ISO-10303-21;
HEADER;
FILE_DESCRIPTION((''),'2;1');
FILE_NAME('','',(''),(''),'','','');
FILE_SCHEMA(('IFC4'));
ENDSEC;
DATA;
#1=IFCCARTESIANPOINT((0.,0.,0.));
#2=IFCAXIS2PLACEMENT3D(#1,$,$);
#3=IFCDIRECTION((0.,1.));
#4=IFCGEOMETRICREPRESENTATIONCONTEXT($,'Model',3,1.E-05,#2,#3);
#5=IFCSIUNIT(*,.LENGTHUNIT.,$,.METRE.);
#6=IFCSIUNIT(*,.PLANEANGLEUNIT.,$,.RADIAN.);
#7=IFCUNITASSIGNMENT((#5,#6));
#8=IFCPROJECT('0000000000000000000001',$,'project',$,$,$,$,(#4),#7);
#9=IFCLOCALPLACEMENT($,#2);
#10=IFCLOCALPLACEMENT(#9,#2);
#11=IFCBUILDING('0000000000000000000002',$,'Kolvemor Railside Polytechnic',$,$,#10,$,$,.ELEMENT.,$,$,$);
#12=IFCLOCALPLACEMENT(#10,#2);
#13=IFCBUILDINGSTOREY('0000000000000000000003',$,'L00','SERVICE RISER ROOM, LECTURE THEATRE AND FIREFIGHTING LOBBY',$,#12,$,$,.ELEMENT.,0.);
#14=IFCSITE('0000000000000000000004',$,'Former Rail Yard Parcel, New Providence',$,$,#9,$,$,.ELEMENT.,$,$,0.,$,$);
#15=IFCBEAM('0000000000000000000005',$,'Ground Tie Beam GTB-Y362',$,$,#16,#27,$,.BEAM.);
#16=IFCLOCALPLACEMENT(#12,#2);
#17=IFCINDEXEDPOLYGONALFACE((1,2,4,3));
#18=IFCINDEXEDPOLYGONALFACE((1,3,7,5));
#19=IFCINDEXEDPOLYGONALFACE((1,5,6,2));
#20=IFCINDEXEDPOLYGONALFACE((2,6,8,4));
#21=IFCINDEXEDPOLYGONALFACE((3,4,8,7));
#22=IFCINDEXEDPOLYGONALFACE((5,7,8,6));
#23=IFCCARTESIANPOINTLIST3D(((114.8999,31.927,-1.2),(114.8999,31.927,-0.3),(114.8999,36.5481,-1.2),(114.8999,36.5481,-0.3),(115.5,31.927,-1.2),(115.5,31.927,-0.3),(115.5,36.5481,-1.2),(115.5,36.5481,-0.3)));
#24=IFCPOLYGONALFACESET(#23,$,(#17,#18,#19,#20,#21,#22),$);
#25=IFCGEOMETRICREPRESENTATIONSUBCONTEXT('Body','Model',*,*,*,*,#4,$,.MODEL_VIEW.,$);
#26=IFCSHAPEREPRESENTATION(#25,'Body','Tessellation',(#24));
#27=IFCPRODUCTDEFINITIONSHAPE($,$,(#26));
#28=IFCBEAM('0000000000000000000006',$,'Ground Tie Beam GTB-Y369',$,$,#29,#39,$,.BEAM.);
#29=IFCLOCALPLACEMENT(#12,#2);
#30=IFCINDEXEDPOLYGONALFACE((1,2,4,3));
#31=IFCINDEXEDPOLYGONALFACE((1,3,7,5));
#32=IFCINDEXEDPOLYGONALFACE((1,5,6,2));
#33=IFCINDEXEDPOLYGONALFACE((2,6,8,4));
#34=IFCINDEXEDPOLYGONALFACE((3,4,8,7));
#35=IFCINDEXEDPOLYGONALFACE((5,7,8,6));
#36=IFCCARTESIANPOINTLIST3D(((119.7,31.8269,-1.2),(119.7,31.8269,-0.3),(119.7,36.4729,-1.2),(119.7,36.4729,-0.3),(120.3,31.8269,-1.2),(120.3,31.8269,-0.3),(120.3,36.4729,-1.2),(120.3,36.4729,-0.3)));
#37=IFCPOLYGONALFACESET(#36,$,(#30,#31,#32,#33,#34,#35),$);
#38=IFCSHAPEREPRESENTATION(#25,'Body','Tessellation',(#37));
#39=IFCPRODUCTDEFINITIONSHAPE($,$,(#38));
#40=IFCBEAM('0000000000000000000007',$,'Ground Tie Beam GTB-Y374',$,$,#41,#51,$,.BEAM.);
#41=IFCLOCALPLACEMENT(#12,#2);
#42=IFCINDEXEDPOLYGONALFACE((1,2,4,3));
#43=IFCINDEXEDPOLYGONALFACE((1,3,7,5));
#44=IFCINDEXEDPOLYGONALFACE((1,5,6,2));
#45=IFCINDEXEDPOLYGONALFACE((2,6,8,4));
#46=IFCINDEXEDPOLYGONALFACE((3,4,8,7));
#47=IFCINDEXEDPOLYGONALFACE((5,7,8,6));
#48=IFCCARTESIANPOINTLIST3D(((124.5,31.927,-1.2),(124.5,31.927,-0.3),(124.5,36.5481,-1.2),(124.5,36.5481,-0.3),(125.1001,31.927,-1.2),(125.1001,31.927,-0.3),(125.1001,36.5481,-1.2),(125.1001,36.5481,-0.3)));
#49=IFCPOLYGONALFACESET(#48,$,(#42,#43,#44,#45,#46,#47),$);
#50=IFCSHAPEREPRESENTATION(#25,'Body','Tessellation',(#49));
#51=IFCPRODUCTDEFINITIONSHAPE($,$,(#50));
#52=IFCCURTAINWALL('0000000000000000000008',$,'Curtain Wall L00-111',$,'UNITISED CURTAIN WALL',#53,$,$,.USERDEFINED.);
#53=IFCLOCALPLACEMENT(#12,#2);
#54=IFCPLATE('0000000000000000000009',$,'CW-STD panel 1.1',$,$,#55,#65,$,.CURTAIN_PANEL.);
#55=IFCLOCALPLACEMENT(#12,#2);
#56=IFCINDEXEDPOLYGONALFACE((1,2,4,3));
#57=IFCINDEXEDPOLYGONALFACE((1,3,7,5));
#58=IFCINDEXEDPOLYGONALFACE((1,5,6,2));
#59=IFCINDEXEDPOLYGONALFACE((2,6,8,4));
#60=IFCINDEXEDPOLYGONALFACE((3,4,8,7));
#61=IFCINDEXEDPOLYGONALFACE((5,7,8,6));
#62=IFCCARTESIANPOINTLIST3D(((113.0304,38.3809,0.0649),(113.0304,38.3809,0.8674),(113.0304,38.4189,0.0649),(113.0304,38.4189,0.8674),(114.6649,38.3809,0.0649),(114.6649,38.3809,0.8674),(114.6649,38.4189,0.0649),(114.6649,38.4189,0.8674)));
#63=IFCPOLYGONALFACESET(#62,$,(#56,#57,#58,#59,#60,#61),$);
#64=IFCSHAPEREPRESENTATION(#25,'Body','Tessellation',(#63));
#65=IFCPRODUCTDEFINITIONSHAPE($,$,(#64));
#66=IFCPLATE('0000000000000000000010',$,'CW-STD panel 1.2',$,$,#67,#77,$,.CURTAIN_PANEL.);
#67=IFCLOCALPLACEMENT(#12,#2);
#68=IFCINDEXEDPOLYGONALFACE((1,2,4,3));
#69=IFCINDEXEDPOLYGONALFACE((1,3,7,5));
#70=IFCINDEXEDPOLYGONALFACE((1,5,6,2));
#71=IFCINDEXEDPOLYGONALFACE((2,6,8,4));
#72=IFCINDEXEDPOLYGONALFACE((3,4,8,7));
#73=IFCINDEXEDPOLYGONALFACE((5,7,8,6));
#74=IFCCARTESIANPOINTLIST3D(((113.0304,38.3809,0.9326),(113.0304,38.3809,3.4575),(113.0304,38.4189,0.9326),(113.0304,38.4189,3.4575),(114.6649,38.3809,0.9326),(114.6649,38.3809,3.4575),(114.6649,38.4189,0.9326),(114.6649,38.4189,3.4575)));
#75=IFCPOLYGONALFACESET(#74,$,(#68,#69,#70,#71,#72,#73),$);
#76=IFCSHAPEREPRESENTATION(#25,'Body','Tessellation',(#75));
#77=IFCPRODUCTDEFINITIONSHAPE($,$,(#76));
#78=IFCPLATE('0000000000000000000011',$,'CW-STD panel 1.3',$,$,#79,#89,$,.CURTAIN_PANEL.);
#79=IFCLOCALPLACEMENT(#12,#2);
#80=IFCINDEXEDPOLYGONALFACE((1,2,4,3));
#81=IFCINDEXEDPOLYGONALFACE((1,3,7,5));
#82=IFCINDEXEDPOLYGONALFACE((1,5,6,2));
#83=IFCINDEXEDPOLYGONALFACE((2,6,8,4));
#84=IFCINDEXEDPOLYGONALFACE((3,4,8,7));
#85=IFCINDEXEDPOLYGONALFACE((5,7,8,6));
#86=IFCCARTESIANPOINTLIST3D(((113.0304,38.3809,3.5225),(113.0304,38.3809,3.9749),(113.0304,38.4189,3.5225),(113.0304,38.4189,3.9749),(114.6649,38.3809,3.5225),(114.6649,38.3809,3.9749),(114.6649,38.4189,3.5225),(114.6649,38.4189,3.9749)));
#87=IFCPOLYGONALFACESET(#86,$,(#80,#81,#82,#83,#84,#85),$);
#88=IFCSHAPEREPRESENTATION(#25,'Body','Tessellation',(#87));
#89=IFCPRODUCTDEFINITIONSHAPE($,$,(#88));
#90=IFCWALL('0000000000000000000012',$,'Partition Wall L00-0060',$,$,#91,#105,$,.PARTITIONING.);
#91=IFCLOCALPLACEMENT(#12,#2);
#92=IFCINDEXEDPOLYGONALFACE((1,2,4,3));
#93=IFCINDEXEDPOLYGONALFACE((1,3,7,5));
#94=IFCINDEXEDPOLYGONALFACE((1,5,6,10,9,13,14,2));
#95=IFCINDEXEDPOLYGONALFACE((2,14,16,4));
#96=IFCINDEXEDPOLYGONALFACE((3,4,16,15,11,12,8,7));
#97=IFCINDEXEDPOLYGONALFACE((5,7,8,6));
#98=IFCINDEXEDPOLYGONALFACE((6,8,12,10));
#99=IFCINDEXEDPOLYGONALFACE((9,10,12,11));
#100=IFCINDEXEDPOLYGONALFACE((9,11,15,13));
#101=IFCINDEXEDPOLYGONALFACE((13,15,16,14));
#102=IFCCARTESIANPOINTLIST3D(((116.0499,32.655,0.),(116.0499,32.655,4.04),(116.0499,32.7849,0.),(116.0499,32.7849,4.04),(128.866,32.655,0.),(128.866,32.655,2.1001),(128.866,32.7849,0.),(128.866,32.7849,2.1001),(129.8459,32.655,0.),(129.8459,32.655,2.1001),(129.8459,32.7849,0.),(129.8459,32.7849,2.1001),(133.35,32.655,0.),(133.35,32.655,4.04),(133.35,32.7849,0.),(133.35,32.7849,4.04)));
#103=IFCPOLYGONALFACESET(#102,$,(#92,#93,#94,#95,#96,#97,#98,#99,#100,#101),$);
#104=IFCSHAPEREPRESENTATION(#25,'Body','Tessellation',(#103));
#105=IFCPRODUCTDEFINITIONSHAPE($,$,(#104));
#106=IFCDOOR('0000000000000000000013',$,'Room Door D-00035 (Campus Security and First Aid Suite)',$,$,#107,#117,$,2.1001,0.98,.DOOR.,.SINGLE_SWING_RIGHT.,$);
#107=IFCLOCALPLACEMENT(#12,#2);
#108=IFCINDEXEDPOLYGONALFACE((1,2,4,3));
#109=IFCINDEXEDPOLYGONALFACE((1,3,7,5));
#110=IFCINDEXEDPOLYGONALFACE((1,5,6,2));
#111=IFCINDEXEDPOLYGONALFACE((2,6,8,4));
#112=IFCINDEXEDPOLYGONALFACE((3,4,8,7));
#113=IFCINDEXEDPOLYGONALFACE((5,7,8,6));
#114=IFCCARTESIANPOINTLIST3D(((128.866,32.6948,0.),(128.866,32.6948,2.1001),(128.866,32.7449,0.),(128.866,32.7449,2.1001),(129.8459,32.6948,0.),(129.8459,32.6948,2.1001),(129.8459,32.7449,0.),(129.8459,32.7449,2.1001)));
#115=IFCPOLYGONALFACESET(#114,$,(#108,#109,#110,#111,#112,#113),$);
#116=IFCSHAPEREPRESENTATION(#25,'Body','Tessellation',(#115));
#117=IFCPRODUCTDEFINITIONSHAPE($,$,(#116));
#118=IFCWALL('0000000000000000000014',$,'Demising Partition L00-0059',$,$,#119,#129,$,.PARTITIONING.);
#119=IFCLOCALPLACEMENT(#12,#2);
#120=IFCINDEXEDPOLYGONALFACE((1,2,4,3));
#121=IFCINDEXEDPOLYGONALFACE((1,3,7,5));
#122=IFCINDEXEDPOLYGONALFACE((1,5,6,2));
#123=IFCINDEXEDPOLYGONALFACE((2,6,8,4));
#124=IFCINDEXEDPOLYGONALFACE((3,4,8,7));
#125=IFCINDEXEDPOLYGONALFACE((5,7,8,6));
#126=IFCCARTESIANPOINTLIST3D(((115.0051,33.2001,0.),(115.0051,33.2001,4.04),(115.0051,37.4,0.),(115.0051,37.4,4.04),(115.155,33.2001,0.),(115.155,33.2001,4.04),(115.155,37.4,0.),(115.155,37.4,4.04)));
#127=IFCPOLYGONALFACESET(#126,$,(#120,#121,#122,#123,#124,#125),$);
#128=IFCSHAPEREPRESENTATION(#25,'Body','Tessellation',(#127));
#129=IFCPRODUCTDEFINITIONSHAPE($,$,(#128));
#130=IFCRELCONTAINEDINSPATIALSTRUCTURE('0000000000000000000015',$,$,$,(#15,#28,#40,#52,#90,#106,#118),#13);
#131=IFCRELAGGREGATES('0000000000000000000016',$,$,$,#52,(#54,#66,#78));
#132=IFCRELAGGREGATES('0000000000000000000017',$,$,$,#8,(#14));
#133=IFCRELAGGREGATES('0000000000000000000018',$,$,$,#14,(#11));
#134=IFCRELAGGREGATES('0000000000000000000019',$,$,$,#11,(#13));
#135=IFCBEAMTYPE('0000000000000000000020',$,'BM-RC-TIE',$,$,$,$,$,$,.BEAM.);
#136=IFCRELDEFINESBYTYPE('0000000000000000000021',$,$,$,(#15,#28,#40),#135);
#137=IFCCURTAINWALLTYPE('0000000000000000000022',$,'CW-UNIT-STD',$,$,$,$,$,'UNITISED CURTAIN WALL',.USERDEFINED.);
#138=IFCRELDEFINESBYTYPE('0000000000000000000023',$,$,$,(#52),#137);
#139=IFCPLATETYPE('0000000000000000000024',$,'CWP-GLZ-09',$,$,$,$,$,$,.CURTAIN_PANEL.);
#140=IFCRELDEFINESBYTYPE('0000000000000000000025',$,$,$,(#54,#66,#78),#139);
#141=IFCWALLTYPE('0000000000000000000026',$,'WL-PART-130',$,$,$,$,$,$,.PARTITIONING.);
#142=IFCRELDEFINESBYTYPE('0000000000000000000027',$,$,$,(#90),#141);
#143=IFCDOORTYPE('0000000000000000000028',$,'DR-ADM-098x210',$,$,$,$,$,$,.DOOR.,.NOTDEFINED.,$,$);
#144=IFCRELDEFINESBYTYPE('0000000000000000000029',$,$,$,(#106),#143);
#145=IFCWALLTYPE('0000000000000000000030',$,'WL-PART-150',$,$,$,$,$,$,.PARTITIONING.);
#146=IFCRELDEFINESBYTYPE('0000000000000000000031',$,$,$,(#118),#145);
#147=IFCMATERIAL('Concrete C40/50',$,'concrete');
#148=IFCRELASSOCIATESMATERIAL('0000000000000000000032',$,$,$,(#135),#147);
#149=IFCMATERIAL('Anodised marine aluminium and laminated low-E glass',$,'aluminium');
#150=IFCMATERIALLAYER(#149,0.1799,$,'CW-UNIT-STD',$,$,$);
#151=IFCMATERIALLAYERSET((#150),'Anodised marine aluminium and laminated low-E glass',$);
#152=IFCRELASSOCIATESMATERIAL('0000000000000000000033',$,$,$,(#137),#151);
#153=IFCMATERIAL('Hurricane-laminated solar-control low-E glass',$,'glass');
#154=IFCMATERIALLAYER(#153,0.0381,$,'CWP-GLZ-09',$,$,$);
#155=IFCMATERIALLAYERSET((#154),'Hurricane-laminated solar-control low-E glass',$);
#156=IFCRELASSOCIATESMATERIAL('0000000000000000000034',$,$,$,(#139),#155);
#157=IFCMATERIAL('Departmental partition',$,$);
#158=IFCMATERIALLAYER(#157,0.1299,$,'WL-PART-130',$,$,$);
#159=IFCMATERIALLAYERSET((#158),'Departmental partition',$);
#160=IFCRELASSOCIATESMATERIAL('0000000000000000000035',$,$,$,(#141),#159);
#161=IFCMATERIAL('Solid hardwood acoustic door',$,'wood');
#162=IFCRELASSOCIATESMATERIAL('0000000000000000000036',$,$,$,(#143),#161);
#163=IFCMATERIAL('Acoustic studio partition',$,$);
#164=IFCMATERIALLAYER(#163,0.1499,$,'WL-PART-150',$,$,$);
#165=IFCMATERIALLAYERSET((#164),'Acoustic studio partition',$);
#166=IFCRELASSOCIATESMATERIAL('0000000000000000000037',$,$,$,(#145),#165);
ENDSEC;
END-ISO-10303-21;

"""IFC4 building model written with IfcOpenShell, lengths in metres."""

from ifc_helpers import new_model, si_unit, direction, frame, frame_2d, origin, origin_2d, place, context, subcontext, project, spatial, rectangle, extrude, material, layer, layer_set, material_profile, profile_set, type_object, element, fill, aggregate, save


model = new_model("IFC4")

# Units and contexts
model_context = context("Model", 3, precision=1e-05, world=origin(), true_north=direction((0.0, 1.0)))
body_context = subcontext(model_context, "Body", "Model", "MODEL_VIEW")
ifc_project = project(units=[si_unit("LENGTHUNIT", "METRE"), si_unit("PLANEANGLEUNIT", "RADIAN")], contexts=[model_context])

# Site, building, storey
site_placement = place(None, origin())
site = spatial("IfcSite", under=ifc_project, at=site_placement, Name="Former Rail Yard Parcel, New Providence", CompositionType="ELEMENT", RefElevation=0.0)
building_placement = place(site_placement, origin())
building = spatial("IfcBuilding", under=site, at=building_placement, Name="Kolvemor Railside Polytechnic", CompositionType="ELEMENT")
storey_placement = place(building_placement, origin())
storey = spatial("IfcBuildingStorey", under=building, at=storey_placement, Name="L00", Description="SERVICE RISER ROOM, LECTURE THEATRE AND FIREFIGHTING LOBBY", CompositionType="ELEMENT", Elevation=0.0)

# Beams
ifc_material_1 = material(Name="Concrete C40/50", Category="concrete")
ifc_material_profile_1 = material_profile(ifc_material_1, rectangle(XDim=0.6001, YDim=0.8999, at=origin_2d()), Name="RC600x900")
ifc_profile_set_1 = profile_set([ifc_material_profile_1], Name="Concrete C40/50")
beam_type_1 = type_object("IfcBeamType", Name="BM-RC-TIE", PredefinedType="BEAM", material=ifc_profile_set_1)
beam_1_placement = place(storey_placement, frame((115.2, 31.927, -0.75), z_axis=(0.0, 1.0, 0.0), x_axis=(-1.0, 0.0, 0.0)))
element("IfcBeam", 1, at=beam_1_placement, inside=storey, type_object=beam_type_1, Name="Ground Tie Beam GTB-Y362", PredefinedType="BEAM", context=body_context, shape_type="SweptSolid", body=[
    extrude(rectangle(XDim=0.6001, YDim=0.8999, at=origin_2d()), origin(), (0.0, 0.0, 1.0), 4.6211),
])
beam_2_placement = place(storey_placement, frame((120.0, 31.8269, -0.75), z_axis=(0.0, 1.0, 0.0), x_axis=(-1.0, 0.0, 0.0)))
element("IfcBeam", 2, at=beam_2_placement, inside=storey, type_object=beam_type_1, Name="Ground Tie Beam GTB-Y369", PredefinedType="BEAM", context=body_context, shape_type="SweptSolid", body=[
    extrude(rectangle(XDim=0.6001, YDim=0.8999, at=origin_2d()), origin(), (0.0, 0.0, 1.0), 4.646),
])
beam_3_placement = place(storey_placement, frame((124.8, 31.927, -0.75), z_axis=(0.0, 1.0, 0.0), x_axis=(-1.0, 0.0, 0.0)))
element("IfcBeam", 3, at=beam_3_placement, inside=storey, type_object=beam_type_1, Name="Ground Tie Beam GTB-Y374", PredefinedType="BEAM", context=body_context, shape_type="SweptSolid", body=[
    extrude(rectangle(XDim=0.6001, YDim=0.8999, at=origin_2d()), origin(), (0.0, 0.0, 1.0), 4.6211),
])

# Curtain wall, plates
ifc_material_2 = material(Name="Anodised marine aluminium and laminated low-E glass", Category="aluminium")
ifc_layer_1 = layer(ifc_material_2, 0.1799, Name="CW-UNIT-STD")
ifc_layer_set_1 = layer_set([ifc_layer_1], Name="Anodised marine aluminium and laminated low-E glass")
curtain_wall_type = type_object("IfcCurtainWallType", Name="CW-UNIT-STD", ElementType="UNITISED CURTAIN WALL", PredefinedType="USERDEFINED", material=ifc_layer_set_1)
curtain_wall_placement = place(storey_placement, origin())
curtain_wall = element("IfcCurtainWall", 4, at=curtain_wall_placement, inside=storey, type_object=curtain_wall_type, Name="Curtain Wall L00-111", ObjectType="UNITISED CURTAIN WALL", PredefinedType="USERDEFINED")
ifc_material_3 = material(Name="Hurricane-laminated solar-control low-E glass", Category="glass")
ifc_layer_2 = layer(ifc_material_3, 0.0381, Name="CWP-GLZ-09")
ifc_layer_set_2 = layer_set([ifc_layer_2], Name="Hurricane-laminated solar-control low-E glass")
plate_type = type_object("IfcPlateType", Name="CWP-GLZ-09", PredefinedType="CURTAIN_PANEL", material=ifc_layer_set_2)
plate_1_placement = place(storey_placement, frame((113.8477, 38.3999, 0.0649), z_axis=(0.0, 0.0, 1.0), x_axis=(-1.0, 0.0, 0.0)))
plate_1 = element("IfcPlate", 5, at=plate_1_placement, type_object=plate_type, Name="CW-STD panel 1.1", PredefinedType="CURTAIN_PANEL", context=body_context, shape_type="SweptSolid", body=[
    extrude(rectangle(XDim=1.6345, YDim=0.0381, at=origin_2d()), origin(), (0.0, 0.0, 1.0), 0.8025),
])
plate_2_placement = place(storey_placement, frame((113.8477, 38.3999, 0.9326), z_axis=(0.0, 0.0, 1.0), x_axis=(-1.0, 0.0, 0.0)))
plate_2 = element("IfcPlate", 6, at=plate_2_placement, type_object=plate_type, Name="CW-STD panel 1.2", PredefinedType="CURTAIN_PANEL", context=body_context, shape_type="SweptSolid", body=[
    extrude(rectangle(XDim=1.6345, YDim=0.0381, at=origin_2d()), origin(), (0.0, 0.0, 1.0), 2.5249),
])
plate_3_placement = place(storey_placement, frame((113.8477, 38.3999, 3.5225), z_axis=(0.0, 0.0, 1.0), x_axis=(-1.0, 0.0, 0.0)))
plate_3 = element("IfcPlate", 7, at=plate_3_placement, type_object=plate_type, Name="CW-STD panel 1.3", PredefinedType="CURTAIN_PANEL", context=body_context, shape_type="SweptSolid", body=[
    extrude(rectangle(XDim=1.6345, YDim=0.0381, at=origin_2d()), origin(), (0.0, 0.0, 1.0), 0.4524),
])
aggregate(curtain_wall, [plate_1, plate_2, plate_3])

# Wall, opening, door
ifc_material_4 = material(Name="Departmental partition")
ifc_layer_3 = layer(ifc_material_4, 0.1299, Name="WL-PART-130")
ifc_layer_set_3 = layer_set([ifc_layer_3], Name="Departmental partition")
wall_type_1 = type_object("IfcWallType", Name="WL-PART-130", PredefinedType="PARTITIONING", material=ifc_layer_set_3)
wall_1_placement = place(storey_placement, frame((116.05, 32.72, 0.0), z_axis=(0.0, 0.0, 1.0), x_axis=(1.0, 0.0, 0.0)))
wall_1 = element("IfcWall", 8, at=wall_1_placement, inside=storey, type_object=wall_type_1, Name="Partition Wall L00-0060", PredefinedType="PARTITIONING", context=body_context, shape_type="SweptSolid", body=[
    extrude(rectangle(XDim=17.3, YDim=0.1299, at=frame_2d((8.6499, 0.0))), origin(), (0.0, 0.0, 1.0), 4.04),
])
opening_placement = place(wall_1_placement, frame((12.8159, 0.0, 0.0)))
opening = element("IfcOpeningElement", 9, at=opening_placement, cuts=wall_1, PredefinedType="OPENING", context=body_context, shape_type="SweptSolid", body=[
    extrude(rectangle(XDim=0.98, YDim=2.1001, at=frame_2d((0.49, 1.05))), frame((0.0, 0.075, 0.0), z_axis=(0.0, -1.0, 0.0), x_axis=(1.0, 0.0, 0.0)), (0.0, 0.0, 1.0), 0.1499),
])
ifc_material_5 = material(Name="Solid hardwood acoustic door", Category="wood")
door_type = type_object("IfcDoorType", Name="DR-ADM-098x210", OperationType="NOTDEFINED", PredefinedType="DOOR", material=ifc_material_5)
door_placement = place(opening_placement, origin())
door = element("IfcDoor", 10, at=door_placement, inside=storey, type_object=door_type, Name="Room Door D-00035 (Campus Security and First Aid Suite)", OperationType="SINGLE_SWING_RIGHT", OverallHeight=2.1001, OverallWidth=0.98, PredefinedType="DOOR", context=body_context, shape_type="SweptSolid", body=[
    extrude(rectangle(XDim=0.98, YDim=2.1001, at=frame_2d((0.49, 1.05))), frame((0.0, 0.0249, 0.0), z_axis=(0.0, -1.0, 0.0), x_axis=(1.0, 0.0, 0.0)), (0.0, 0.0, 1.0), 0.05),
])
fill(opening, door)

# Wall
ifc_material_6 = material(Name="Acoustic studio partition")
ifc_layer_4 = layer(ifc_material_6, 0.1499, Name="WL-PART-150")
ifc_layer_set_4 = layer_set([ifc_layer_4], Name="Acoustic studio partition")
wall_type_2 = type_object("IfcWallType", Name="WL-PART-150", PredefinedType="PARTITIONING", material=ifc_layer_set_4)
wall_2_placement = place(storey_placement, frame((115.0801, 33.2, 0.0), z_axis=(0.0, 0.0, 1.0), x_axis=(0.0, 1.0, 0.0)))
element("IfcWall", 11, at=wall_2_placement, inside=storey, type_object=wall_type_2, Name="Demising Partition L00-0059", PredefinedType="PARTITIONING", context=body_context, shape_type="SweptSolid", body=[
    extrude(rectangle(XDim=4.2, YDim=0.1499, at=frame_2d((2.1001, 0.0))), origin(), (0.0, 0.0, 1.0), 4.04),
])

save(model, "model.ifc")
